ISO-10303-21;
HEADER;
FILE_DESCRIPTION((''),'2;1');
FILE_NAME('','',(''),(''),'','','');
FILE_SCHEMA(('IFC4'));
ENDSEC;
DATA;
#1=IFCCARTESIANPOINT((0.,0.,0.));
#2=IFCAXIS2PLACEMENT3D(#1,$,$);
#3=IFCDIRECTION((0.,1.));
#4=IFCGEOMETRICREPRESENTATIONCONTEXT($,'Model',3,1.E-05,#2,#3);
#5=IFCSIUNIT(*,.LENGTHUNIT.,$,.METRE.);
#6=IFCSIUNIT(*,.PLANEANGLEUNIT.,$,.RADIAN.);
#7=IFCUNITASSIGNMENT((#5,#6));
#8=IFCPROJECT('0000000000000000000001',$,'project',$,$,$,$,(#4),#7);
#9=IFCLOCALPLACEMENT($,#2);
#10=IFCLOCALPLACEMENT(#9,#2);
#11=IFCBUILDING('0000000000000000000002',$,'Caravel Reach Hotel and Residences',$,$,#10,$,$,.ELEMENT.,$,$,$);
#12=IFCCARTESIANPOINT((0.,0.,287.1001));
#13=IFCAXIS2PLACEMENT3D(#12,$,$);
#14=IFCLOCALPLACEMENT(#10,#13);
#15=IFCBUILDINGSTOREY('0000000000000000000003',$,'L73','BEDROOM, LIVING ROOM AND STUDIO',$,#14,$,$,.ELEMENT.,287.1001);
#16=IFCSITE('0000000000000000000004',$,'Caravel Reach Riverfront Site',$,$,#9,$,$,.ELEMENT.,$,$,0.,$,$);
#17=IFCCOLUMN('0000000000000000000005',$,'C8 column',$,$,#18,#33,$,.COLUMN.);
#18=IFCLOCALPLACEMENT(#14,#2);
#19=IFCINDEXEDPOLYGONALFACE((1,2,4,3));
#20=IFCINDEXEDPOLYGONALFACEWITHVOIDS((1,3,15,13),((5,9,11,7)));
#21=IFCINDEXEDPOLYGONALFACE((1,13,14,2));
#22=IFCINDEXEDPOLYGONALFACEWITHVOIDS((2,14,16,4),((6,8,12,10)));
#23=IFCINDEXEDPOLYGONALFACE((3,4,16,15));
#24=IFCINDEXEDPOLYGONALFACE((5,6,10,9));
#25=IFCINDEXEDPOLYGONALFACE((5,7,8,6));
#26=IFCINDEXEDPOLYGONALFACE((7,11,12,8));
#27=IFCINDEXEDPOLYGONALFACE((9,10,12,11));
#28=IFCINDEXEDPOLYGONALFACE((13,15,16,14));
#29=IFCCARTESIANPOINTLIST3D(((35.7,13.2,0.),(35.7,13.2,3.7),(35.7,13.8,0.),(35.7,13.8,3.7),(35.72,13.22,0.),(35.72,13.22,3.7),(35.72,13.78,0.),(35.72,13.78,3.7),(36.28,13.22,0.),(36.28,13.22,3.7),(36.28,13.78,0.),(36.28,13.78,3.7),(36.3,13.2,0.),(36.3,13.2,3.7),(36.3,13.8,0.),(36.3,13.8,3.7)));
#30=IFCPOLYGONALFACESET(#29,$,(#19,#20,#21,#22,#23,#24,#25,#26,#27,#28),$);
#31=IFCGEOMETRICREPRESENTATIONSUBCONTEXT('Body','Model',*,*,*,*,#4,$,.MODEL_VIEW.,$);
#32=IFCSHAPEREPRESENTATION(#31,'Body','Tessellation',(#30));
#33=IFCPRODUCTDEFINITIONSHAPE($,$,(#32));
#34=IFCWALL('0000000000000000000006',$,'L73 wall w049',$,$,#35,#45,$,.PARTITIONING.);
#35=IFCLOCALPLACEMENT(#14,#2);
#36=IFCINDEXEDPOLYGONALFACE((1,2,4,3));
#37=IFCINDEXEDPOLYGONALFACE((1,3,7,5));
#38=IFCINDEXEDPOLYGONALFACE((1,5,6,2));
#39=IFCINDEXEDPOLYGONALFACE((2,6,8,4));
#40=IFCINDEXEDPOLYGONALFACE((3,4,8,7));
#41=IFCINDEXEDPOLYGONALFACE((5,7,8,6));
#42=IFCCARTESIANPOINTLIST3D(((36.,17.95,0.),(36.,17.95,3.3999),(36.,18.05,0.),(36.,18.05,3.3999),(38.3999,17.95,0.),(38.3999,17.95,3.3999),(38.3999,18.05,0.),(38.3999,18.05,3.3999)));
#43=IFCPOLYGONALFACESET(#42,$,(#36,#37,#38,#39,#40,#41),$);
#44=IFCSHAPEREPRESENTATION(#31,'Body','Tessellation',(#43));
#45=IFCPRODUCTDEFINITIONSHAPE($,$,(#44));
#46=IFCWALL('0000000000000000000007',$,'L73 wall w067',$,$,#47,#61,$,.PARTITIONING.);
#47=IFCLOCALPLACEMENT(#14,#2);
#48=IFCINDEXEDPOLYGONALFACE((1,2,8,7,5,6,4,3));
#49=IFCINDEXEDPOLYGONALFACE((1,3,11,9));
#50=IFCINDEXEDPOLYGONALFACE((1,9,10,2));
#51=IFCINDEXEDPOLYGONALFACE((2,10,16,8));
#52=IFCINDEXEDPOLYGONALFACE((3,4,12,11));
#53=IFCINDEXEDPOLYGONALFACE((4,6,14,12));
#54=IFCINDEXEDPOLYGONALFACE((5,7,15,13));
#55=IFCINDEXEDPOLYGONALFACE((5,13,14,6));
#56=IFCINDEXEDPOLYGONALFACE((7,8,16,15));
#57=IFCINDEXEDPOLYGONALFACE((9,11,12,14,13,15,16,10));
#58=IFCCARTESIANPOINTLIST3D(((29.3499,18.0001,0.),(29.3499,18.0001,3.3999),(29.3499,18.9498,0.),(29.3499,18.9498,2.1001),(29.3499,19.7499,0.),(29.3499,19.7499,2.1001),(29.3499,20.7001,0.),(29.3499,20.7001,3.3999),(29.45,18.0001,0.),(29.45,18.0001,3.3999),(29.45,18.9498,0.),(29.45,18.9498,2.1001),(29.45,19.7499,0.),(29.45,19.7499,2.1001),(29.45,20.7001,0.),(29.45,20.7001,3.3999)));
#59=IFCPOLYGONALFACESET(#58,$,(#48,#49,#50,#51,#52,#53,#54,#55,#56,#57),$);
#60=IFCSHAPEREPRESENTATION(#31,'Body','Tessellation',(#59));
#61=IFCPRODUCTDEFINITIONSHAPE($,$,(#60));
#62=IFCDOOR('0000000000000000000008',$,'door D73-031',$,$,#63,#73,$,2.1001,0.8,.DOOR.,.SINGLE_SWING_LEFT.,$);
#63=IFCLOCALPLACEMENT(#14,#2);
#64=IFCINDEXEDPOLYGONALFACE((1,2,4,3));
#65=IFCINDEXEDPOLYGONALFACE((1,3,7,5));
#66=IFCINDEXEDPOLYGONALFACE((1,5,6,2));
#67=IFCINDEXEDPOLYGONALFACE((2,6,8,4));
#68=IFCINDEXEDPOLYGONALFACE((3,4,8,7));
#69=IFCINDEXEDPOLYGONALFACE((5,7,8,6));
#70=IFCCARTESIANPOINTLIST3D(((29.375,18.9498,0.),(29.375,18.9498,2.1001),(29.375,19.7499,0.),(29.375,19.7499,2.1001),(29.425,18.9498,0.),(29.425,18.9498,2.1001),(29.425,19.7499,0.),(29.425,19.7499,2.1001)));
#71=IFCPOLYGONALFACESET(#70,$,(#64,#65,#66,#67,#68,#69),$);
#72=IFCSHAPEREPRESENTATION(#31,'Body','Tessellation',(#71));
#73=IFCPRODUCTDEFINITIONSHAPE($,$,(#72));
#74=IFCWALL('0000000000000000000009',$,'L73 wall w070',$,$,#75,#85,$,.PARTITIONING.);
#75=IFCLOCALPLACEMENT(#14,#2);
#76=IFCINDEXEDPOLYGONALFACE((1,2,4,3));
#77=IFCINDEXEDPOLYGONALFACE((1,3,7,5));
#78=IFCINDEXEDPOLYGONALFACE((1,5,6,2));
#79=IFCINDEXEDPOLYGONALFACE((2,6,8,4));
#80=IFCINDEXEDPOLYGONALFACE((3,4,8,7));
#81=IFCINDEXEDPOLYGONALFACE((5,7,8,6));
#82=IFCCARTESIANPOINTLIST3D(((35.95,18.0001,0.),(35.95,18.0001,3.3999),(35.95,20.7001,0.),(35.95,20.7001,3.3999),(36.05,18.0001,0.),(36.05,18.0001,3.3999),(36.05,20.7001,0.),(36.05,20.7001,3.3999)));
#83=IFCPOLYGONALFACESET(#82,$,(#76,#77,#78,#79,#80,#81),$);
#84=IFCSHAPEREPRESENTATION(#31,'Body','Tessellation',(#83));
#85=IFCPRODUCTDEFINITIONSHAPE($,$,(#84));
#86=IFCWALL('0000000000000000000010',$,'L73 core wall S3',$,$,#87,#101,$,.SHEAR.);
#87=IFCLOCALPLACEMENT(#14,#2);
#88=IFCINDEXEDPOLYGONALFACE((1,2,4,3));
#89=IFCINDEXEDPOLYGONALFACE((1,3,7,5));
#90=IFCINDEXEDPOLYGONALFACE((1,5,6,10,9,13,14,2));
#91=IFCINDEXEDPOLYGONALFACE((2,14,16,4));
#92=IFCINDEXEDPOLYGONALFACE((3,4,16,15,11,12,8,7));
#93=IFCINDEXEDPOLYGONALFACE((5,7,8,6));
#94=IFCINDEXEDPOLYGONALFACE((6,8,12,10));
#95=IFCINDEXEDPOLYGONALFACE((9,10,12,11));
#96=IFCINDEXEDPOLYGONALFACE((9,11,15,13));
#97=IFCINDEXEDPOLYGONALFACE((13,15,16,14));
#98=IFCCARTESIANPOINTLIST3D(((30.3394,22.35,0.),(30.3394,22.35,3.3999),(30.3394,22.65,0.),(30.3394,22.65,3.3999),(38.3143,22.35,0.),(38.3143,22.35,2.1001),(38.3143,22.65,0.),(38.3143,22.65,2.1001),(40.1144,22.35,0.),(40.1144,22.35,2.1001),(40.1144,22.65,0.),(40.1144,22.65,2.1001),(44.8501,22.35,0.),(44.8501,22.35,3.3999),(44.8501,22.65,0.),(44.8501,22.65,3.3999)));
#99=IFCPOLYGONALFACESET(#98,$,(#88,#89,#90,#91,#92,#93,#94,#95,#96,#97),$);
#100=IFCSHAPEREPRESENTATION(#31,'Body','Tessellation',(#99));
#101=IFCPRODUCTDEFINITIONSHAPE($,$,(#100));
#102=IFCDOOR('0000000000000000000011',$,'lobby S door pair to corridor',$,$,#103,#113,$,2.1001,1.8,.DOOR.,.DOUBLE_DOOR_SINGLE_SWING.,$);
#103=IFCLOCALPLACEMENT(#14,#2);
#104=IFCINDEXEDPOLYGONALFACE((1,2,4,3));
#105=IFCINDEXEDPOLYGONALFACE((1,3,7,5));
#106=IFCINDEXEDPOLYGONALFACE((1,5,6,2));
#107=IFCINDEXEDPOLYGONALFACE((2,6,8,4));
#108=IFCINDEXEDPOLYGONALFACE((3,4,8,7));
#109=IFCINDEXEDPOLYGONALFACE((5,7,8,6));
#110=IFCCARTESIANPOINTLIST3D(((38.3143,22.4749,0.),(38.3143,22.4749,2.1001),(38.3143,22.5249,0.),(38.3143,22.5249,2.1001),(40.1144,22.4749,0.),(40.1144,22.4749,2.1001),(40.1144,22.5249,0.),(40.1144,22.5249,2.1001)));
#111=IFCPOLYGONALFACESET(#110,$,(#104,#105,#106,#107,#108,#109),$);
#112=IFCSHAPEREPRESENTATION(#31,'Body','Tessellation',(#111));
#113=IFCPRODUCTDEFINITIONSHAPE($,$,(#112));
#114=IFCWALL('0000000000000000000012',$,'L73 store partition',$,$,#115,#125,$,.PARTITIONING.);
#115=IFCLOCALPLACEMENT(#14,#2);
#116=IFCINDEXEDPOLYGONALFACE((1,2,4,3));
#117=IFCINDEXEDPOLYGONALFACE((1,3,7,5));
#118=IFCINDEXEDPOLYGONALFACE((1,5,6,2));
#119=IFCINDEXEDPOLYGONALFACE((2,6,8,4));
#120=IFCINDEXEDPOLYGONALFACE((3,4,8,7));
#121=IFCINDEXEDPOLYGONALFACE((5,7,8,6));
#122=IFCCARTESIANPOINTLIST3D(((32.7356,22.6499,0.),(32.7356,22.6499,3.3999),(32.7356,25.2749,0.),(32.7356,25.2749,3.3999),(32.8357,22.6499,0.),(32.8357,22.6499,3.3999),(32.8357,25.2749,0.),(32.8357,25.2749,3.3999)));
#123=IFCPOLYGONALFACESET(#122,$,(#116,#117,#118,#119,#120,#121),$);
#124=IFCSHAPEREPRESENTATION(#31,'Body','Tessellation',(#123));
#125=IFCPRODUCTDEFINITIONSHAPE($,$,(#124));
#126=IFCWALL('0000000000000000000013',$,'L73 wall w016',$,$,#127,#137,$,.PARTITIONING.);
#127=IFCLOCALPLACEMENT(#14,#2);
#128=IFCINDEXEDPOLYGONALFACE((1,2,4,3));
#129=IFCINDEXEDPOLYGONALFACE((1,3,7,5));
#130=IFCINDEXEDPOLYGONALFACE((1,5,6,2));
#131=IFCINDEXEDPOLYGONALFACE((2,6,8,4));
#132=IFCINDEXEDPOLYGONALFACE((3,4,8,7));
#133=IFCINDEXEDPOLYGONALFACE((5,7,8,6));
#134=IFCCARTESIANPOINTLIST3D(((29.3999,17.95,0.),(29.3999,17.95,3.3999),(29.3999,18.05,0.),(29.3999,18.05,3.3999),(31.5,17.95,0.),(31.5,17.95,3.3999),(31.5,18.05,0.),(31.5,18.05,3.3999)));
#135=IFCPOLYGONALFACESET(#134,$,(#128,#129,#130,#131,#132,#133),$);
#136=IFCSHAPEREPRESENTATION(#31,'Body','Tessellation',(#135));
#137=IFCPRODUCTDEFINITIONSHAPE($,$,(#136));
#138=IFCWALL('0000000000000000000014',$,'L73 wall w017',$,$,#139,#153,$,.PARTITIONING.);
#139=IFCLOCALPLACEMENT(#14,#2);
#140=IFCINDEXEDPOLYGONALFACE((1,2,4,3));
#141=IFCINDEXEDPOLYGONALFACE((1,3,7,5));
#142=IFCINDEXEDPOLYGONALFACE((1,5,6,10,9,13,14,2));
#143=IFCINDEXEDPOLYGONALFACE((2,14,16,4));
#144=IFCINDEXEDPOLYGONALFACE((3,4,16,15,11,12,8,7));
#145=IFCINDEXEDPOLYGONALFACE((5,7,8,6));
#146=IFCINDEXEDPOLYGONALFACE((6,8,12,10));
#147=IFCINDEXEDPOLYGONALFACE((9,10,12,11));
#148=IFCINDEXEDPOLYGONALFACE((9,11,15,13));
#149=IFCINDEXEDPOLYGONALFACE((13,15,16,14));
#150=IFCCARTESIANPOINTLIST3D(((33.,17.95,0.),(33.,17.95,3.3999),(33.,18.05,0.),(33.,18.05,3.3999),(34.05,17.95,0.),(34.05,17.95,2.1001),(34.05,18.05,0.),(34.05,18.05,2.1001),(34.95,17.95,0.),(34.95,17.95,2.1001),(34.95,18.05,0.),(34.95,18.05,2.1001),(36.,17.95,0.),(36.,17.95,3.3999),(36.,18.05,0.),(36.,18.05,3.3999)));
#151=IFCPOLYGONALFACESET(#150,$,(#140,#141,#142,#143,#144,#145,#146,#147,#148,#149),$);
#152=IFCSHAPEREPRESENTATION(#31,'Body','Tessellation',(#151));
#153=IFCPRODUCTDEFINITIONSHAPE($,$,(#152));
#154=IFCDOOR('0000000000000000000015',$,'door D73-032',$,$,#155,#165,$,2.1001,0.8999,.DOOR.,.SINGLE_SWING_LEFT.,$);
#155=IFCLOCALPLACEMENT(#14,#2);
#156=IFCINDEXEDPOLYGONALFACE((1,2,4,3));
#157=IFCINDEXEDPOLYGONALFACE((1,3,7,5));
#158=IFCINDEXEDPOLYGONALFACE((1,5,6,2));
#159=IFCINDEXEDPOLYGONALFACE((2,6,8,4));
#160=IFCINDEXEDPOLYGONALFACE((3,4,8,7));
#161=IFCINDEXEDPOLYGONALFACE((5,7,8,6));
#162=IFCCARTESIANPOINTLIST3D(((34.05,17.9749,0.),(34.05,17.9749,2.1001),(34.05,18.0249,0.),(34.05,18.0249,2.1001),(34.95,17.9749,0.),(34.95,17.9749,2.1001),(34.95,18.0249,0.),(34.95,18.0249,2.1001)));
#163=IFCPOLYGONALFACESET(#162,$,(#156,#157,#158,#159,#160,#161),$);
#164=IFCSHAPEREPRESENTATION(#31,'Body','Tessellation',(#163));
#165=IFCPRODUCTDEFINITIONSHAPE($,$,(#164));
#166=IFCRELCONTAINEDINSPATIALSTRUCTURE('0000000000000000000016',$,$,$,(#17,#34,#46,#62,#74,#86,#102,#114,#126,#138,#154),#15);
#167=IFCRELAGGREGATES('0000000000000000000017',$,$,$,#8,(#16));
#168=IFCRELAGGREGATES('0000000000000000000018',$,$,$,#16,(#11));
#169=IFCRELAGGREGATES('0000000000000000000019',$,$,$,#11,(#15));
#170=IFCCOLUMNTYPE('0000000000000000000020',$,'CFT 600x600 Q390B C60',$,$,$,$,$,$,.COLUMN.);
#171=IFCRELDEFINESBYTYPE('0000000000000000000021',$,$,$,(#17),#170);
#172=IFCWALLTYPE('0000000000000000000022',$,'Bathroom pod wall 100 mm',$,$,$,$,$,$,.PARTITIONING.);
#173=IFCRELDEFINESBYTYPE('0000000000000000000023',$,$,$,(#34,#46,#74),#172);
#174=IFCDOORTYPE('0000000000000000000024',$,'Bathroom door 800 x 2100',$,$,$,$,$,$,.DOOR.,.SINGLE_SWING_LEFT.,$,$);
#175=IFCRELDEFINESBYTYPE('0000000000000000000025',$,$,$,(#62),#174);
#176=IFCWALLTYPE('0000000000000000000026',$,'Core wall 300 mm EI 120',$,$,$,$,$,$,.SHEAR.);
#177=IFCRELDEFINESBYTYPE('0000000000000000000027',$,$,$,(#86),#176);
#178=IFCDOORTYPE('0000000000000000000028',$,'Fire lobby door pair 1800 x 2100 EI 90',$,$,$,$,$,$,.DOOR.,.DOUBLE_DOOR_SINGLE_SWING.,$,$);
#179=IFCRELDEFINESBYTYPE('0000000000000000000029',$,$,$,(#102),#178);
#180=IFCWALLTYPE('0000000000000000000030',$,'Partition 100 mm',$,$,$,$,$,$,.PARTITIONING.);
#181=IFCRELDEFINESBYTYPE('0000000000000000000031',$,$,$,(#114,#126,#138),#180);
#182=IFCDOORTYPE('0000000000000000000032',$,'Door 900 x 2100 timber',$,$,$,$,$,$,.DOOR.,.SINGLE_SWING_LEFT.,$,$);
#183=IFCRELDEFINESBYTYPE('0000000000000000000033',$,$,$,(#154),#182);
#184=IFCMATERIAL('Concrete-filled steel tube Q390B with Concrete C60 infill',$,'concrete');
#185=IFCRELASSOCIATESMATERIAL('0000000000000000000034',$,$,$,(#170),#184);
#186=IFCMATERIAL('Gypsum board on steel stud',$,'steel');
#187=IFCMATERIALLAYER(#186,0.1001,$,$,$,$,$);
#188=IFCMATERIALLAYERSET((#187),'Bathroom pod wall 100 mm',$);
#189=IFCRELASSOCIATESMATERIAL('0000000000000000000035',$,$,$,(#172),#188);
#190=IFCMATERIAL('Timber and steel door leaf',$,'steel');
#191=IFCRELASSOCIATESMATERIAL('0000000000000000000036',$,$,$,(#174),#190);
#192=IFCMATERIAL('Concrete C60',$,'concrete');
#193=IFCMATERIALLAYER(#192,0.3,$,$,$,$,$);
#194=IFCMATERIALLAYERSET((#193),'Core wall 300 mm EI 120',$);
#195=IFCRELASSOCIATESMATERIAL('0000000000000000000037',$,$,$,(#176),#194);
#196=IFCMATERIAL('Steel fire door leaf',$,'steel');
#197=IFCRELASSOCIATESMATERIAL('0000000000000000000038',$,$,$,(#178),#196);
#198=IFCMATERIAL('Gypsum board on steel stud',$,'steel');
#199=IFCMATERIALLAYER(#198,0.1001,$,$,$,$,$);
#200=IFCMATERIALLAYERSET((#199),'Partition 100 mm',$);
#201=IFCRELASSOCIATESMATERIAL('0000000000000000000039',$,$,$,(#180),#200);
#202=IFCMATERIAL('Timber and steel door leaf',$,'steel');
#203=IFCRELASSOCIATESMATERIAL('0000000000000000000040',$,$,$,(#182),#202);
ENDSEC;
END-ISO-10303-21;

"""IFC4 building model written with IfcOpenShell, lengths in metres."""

from ifc_helpers import new_model, si_unit, direction, frame, frame_2d, origin, origin_2d, place, context, subcontext, project, spatial, rectangle, hollow_rectangle, extrude, material, layer, layer_set, material_profile, profile_set, type_object, element, fill, save


model = new_model("IFC4")

# Units and contexts
model_context = context("Model", 3, precision=1e-05, world=origin(), true_north=direction((0.0, 1.0)))
body_context = subcontext(model_context, "Body", "Model", "MODEL_VIEW")
ifc_project = project(units=[si_unit("LENGTHUNIT", "METRE"), si_unit("PLANEANGLEUNIT", "RADIAN")], contexts=[model_context])

# Site, building, storey
site_placement = place(None, origin())
site = spatial("IfcSite", under=ifc_project, at=site_placement, Name="Caravel Reach Riverfront Site", CompositionType="ELEMENT", RefElevation=0.0)
building_placement = place(site_placement, origin())
building = spatial("IfcBuilding", under=site, at=building_placement, Name="Caravel Reach Hotel and Residences", CompositionType="ELEMENT")
storey_placement = place(building_placement, frame((0.0, 0.0, 287.1001)))
storey = spatial("IfcBuildingStorey", under=building, at=storey_placement, Name="L73", Description="BEDROOM, LIVING ROOM AND STUDIO", CompositionType="ELEMENT", Elevation=287.1001)

# Column
ifc_material_1 = material(Name="Concrete-filled steel tube Q390B with Concrete C60 infill", Category="concrete")
ifc_material_profile = material_profile(ifc_material_1, hollow_rectangle(XDim=0.6001, YDim=0.6001, WallThickness=0.02, at=origin_2d()), Name="RHS 600x600x20")
ifc_profile_set = profile_set([ifc_material_profile], Name="Concrete-filled steel tube Q390B with Concrete C60 infill")
column_type = type_object("IfcColumnType", Name="CFT 600x600 Q390B C60", PredefinedType="COLUMN", material=ifc_profile_set)
column_placement = place(storey_placement, frame((36.0, 13.5, 0.0), z_axis=(0.0, 0.0, 1.0), x_axis=(1.0, 0.0, 0.0)))
element("IfcColumn", 1, at=column_placement, inside=storey, type_object=column_type, Name="C8 column", PredefinedType="COLUMN", context=body_context, shape_type="SweptSolid", body=[
    extrude(hollow_rectangle(XDim=0.6001, YDim=0.6001, WallThickness=0.02, at=origin_2d()), origin(), (0.0, 0.0, 1.0), 3.7),
])

# Wall
ifc_material_2 = material(Name="Gypsum board on steel stud", Category="steel")
ifc_layer_1 = layer(ifc_material_2, 0.1001)
ifc_layer_set_1 = layer_set([ifc_layer_1], Name="Bathroom pod wall 100 mm")
wall_type_1 = type_object("IfcWallType", Name="Bathroom pod wall 100 mm", PredefinedType="PARTITIONING", material=ifc_layer_set_1)
wall_1_placement = place(storey_placement, frame((36.0, 18.0, 0.0), z_axis=(0.0, 0.0, 1.0), x_axis=(1.0, 0.0, 0.0)))
element("IfcWall", 2, at=wall_1_placement, inside=storey, type_object=wall_type_1, Name="L73 wall w049", PredefinedType="PARTITIONING", context=body_context, shape_type="SweptSolid", body=[
    extrude(rectangle(XDim=2.3999, YDim=0.1001, at=frame_2d((1.2, 0.0))), origin(), (0.0, 0.0, 1.0), 3.3999),
])

# Wall, opening, door
wall_2_placement = place(storey_placement, frame((29.3999, 18.0, 0.0), z_axis=(0.0, 0.0, 1.0), x_axis=(0.0, 1.0, 0.0)))
wall_2 = element("IfcWall", 3, at=wall_2_placement, inside=storey, type_object=wall_type_1, Name="L73 wall w067", PredefinedType="PARTITIONING", context=body_context, shape_type="SweptSolid", body=[
    extrude(rectangle(XDim=2.7, YDim=0.1001, at=frame_2d((1.3501, 0.0))), origin(), (0.0, 0.0, 1.0), 3.3999),
])
opening_1_placement = place(wall_2_placement, frame((0.95, 0.0, 0.0)))
opening_1 = element("IfcOpeningElement", 4, at=opening_1_placement, cuts=wall_2, PredefinedType="OPENING", context=body_context, shape_type="SweptSolid", body=[
    extrude(rectangle(XDim=0.8, YDim=2.1001, at=frame_2d((0.3999, 1.05))), frame((0.0, 0.0601, 0.0), z_axis=(0.0, -1.0, 0.0), x_axis=(1.0, 0.0, 0.0)), (0.0, 0.0, 1.0), 0.1201),
])
ifc_material_3 = material(Name="Timber and steel door leaf", Category="steel")
door_type_1 = type_object("IfcDoorType", Name="Bathroom door 800 x 2100", OperationType="SINGLE_SWING_LEFT", PredefinedType="DOOR", material=ifc_material_3)
door_1_placement = place(opening_1_placement, origin())
door_1 = element("IfcDoor", 5, at=door_1_placement, inside=storey, type_object=door_type_1, Name="door D73-031", OperationType="SINGLE_SWING_LEFT", OverallHeight=2.1001, OverallWidth=0.8, PredefinedType="DOOR", context=body_context, shape_type="SweptSolid", body=[
    extrude(rectangle(XDim=0.8, YDim=2.1001, at=frame_2d((0.3999, 1.05))), frame((0.0, 0.0249, 0.0), z_axis=(0.0, -1.0, 0.0), x_axis=(1.0, 0.0, 0.0)), (0.0, 0.0, 1.0), 0.05),
])
fill(opening_1, door_1)

# Wall
wall_3_placement = place(storey_placement, frame((36.0, 18.0, 0.0), z_axis=(0.0, 0.0, 1.0), x_axis=(0.0, 1.0, 0.0)))
element("IfcWall", 6, at=wall_3_placement, inside=storey, type_object=wall_type_1, Name="L73 wall w070", PredefinedType="PARTITIONING", context=body_context, shape_type="SweptSolid", body=[
    extrude(rectangle(XDim=2.7, YDim=0.1001, at=frame_2d((1.3501, 0.0))), origin(), (0.0, 0.0, 1.0), 3.3999),
])

# Wall, opening, door
ifc_material_4 = material(Name="Concrete C60", Category="concrete")
ifc_layer_2 = layer(ifc_material_4, 0.3)
ifc_layer_set_2 = layer_set([ifc_layer_2], Name="Core wall 300 mm EI 120")
wall_type_2 = type_object("IfcWallType", Name="Core wall 300 mm EI 120", PredefinedType="SHEAR", material=ifc_layer_set_2)
wall_4_placement = place(storey_placement, frame((30.3394, 22.5, 0.0), z_axis=(0.0, 0.0, 1.0), x_axis=(1.0, 0.0, 0.0)))
wall_4 = element("IfcWall", 7, at=wall_4_placement, inside=storey, type_object=wall_type_2, Name="L73 core wall S3", PredefinedType="SHEAR", context=body_context, shape_type="SweptSolid", body=[
    extrude(rectangle(XDim=14.5107, YDim=0.3, at=frame_2d((7.2554, 0.0))), origin(), (0.0, 0.0, 1.0), 3.3999),
])
opening_2_placement = place(wall_4_placement, frame((7.9751, 0.0, 0.0)))
opening_2 = element("IfcOpeningElement", 8, at=opening_2_placement, cuts=wall_4, PredefinedType="OPENING", context=body_context, shape_type="SweptSolid", body=[
    extrude(rectangle(XDim=1.8, YDim=2.1001, at=frame_2d((0.8999, 1.05))), frame((0.0, 0.1599, 0.0), z_axis=(0.0, -1.0, 0.0), x_axis=(1.0, 0.0, 0.0)), (0.0, 0.0, 1.0), 0.3201),
])
ifc_material_5 = material(Name="Steel fire door leaf", Category="steel")
door_type_2 = type_object("IfcDoorType", Name="Fire lobby door pair 1800 x 2100 EI 90", OperationType="DOUBLE_DOOR_SINGLE_SWING", PredefinedType="DOOR", material=ifc_material_5)
door_2_placement = place(opening_2_placement, origin())
door_2 = element("IfcDoor", 9, at=door_2_placement, inside=storey, type_object=door_type_2, Name="lobby S door pair to corridor", OperationType="DOUBLE_DOOR_SINGLE_SWING", OverallHeight=2.1001, OverallWidth=1.8, PredefinedType="DOOR", context=body_context, shape_type="SweptSolid", body=[
    extrude(rectangle(XDim=1.8, YDim=2.1001, at=frame_2d((0.8999, 1.05))), frame((0.0, 0.0249, 0.0), z_axis=(0.0, -1.0, 0.0), x_axis=(1.0, 0.0, 0.0)), (0.0, 0.0, 1.0), 0.05),
])
fill(opening_2, door_2)

# Walls
ifc_material_6 = material(Name="Gypsum board on steel stud", Category="steel")
ifc_layer_3 = layer(ifc_material_6, 0.1001)
ifc_layer_set_3 = layer_set([ifc_layer_3], Name="Partition 100 mm")
wall_type_3 = type_object("IfcWallType", Name="Partition 100 mm", PredefinedType="PARTITIONING", material=ifc_layer_set_3)
wall_5_placement = place(storey_placement, frame((32.7856, 22.6499, 0.0), z_axis=(0.0, 0.0, 1.0), x_axis=(0.0, 1.0, 0.0)))
element("IfcWall", 10, at=wall_5_placement, inside=storey, type_object=wall_type_3, Name="L73 store partition", PredefinedType="PARTITIONING", context=body_context, shape_type="SweptSolid", body=[
    extrude(rectangle(XDim=2.625, YDim=0.1001, at=frame_2d((1.3125, 0.0))), origin(), (0.0, 0.0, 1.0), 3.3999),
])
wall_6_placement = place(storey_placement, frame((29.3999, 18.0, 0.0), z_axis=(0.0, 0.0, 1.0), x_axis=(1.0, 0.0, 0.0)))
element("IfcWall", 11, at=wall_6_placement, inside=storey, type_object=wall_type_3, Name="L73 wall w016", PredefinedType="PARTITIONING", context=body_context, shape_type="SweptSolid", body=[
    extrude(rectangle(XDim=2.1001, YDim=0.1001, at=frame_2d((1.05, 0.0))), origin(), (0.0, 0.0, 1.0), 3.3999),
])

# Wall, opening, door
wall_7_placement = place(storey_placement, frame((33.0, 18.0, 0.0), z_axis=(0.0, 0.0, 1.0), x_axis=(1.0, 0.0, 0.0)))
wall_7 = element("IfcWall", 12, at=wall_7_placement, inside=storey, type_object=wall_type_3, Name="L73 wall w017", PredefinedType="PARTITIONING", context=body_context, shape_type="SweptSolid", body=[
    extrude(rectangle(XDim=3.0, YDim=0.1001, at=frame_2d((1.5, 0.0))), origin(), (0.0, 0.0, 1.0), 3.3999),
])
opening_3_placement = place(wall_7_placement, frame((1.05, 0.0, 0.0)))
opening_3 = element("IfcOpeningElement", 13, at=opening_3_placement, cuts=wall_7, PredefinedType="OPENING", context=body_context, shape_type="SweptSolid", body=[
    extrude(rectangle(XDim=0.8999, YDim=2.1001, at=frame_2d((0.45, 1.05))), frame((0.0, 0.0601, 0.0), z_axis=(0.0, -1.0, 0.0), x_axis=(1.0, 0.0, 0.0)), (0.0, 0.0, 1.0), 0.1201),
])
ifc_material_7 = material(Name="Timber and steel door leaf", Category="steel")
door_type_3 = type_object("IfcDoorType", Name="Door 900 x 2100 timber", OperationType="SINGLE_SWING_LEFT", PredefinedType="DOOR", material=ifc_material_7)
door_3_placement = place(opening_3_placement, origin())
door_3 = element("IfcDoor", 14, at=door_3_placement, inside=storey, type_object=door_type_3, Name="door D73-032", OperationType="SINGLE_SWING_LEFT", OverallHeight=2.1001, OverallWidth=0.8999, PredefinedType="DOOR", context=body_context, shape_type="SweptSolid", body=[
    extrude(rectangle(XDim=0.8999, YDim=2.1001, at=frame_2d((0.45, 1.05))), frame((0.0, 0.0249, 0.0), z_axis=(0.0, -1.0, 0.0), x_axis=(1.0, 0.0, 0.0)), (0.0, 0.0, 1.0), 0.05),
])
fill(opening_3, door_3)

save(model, "model.ifc")
